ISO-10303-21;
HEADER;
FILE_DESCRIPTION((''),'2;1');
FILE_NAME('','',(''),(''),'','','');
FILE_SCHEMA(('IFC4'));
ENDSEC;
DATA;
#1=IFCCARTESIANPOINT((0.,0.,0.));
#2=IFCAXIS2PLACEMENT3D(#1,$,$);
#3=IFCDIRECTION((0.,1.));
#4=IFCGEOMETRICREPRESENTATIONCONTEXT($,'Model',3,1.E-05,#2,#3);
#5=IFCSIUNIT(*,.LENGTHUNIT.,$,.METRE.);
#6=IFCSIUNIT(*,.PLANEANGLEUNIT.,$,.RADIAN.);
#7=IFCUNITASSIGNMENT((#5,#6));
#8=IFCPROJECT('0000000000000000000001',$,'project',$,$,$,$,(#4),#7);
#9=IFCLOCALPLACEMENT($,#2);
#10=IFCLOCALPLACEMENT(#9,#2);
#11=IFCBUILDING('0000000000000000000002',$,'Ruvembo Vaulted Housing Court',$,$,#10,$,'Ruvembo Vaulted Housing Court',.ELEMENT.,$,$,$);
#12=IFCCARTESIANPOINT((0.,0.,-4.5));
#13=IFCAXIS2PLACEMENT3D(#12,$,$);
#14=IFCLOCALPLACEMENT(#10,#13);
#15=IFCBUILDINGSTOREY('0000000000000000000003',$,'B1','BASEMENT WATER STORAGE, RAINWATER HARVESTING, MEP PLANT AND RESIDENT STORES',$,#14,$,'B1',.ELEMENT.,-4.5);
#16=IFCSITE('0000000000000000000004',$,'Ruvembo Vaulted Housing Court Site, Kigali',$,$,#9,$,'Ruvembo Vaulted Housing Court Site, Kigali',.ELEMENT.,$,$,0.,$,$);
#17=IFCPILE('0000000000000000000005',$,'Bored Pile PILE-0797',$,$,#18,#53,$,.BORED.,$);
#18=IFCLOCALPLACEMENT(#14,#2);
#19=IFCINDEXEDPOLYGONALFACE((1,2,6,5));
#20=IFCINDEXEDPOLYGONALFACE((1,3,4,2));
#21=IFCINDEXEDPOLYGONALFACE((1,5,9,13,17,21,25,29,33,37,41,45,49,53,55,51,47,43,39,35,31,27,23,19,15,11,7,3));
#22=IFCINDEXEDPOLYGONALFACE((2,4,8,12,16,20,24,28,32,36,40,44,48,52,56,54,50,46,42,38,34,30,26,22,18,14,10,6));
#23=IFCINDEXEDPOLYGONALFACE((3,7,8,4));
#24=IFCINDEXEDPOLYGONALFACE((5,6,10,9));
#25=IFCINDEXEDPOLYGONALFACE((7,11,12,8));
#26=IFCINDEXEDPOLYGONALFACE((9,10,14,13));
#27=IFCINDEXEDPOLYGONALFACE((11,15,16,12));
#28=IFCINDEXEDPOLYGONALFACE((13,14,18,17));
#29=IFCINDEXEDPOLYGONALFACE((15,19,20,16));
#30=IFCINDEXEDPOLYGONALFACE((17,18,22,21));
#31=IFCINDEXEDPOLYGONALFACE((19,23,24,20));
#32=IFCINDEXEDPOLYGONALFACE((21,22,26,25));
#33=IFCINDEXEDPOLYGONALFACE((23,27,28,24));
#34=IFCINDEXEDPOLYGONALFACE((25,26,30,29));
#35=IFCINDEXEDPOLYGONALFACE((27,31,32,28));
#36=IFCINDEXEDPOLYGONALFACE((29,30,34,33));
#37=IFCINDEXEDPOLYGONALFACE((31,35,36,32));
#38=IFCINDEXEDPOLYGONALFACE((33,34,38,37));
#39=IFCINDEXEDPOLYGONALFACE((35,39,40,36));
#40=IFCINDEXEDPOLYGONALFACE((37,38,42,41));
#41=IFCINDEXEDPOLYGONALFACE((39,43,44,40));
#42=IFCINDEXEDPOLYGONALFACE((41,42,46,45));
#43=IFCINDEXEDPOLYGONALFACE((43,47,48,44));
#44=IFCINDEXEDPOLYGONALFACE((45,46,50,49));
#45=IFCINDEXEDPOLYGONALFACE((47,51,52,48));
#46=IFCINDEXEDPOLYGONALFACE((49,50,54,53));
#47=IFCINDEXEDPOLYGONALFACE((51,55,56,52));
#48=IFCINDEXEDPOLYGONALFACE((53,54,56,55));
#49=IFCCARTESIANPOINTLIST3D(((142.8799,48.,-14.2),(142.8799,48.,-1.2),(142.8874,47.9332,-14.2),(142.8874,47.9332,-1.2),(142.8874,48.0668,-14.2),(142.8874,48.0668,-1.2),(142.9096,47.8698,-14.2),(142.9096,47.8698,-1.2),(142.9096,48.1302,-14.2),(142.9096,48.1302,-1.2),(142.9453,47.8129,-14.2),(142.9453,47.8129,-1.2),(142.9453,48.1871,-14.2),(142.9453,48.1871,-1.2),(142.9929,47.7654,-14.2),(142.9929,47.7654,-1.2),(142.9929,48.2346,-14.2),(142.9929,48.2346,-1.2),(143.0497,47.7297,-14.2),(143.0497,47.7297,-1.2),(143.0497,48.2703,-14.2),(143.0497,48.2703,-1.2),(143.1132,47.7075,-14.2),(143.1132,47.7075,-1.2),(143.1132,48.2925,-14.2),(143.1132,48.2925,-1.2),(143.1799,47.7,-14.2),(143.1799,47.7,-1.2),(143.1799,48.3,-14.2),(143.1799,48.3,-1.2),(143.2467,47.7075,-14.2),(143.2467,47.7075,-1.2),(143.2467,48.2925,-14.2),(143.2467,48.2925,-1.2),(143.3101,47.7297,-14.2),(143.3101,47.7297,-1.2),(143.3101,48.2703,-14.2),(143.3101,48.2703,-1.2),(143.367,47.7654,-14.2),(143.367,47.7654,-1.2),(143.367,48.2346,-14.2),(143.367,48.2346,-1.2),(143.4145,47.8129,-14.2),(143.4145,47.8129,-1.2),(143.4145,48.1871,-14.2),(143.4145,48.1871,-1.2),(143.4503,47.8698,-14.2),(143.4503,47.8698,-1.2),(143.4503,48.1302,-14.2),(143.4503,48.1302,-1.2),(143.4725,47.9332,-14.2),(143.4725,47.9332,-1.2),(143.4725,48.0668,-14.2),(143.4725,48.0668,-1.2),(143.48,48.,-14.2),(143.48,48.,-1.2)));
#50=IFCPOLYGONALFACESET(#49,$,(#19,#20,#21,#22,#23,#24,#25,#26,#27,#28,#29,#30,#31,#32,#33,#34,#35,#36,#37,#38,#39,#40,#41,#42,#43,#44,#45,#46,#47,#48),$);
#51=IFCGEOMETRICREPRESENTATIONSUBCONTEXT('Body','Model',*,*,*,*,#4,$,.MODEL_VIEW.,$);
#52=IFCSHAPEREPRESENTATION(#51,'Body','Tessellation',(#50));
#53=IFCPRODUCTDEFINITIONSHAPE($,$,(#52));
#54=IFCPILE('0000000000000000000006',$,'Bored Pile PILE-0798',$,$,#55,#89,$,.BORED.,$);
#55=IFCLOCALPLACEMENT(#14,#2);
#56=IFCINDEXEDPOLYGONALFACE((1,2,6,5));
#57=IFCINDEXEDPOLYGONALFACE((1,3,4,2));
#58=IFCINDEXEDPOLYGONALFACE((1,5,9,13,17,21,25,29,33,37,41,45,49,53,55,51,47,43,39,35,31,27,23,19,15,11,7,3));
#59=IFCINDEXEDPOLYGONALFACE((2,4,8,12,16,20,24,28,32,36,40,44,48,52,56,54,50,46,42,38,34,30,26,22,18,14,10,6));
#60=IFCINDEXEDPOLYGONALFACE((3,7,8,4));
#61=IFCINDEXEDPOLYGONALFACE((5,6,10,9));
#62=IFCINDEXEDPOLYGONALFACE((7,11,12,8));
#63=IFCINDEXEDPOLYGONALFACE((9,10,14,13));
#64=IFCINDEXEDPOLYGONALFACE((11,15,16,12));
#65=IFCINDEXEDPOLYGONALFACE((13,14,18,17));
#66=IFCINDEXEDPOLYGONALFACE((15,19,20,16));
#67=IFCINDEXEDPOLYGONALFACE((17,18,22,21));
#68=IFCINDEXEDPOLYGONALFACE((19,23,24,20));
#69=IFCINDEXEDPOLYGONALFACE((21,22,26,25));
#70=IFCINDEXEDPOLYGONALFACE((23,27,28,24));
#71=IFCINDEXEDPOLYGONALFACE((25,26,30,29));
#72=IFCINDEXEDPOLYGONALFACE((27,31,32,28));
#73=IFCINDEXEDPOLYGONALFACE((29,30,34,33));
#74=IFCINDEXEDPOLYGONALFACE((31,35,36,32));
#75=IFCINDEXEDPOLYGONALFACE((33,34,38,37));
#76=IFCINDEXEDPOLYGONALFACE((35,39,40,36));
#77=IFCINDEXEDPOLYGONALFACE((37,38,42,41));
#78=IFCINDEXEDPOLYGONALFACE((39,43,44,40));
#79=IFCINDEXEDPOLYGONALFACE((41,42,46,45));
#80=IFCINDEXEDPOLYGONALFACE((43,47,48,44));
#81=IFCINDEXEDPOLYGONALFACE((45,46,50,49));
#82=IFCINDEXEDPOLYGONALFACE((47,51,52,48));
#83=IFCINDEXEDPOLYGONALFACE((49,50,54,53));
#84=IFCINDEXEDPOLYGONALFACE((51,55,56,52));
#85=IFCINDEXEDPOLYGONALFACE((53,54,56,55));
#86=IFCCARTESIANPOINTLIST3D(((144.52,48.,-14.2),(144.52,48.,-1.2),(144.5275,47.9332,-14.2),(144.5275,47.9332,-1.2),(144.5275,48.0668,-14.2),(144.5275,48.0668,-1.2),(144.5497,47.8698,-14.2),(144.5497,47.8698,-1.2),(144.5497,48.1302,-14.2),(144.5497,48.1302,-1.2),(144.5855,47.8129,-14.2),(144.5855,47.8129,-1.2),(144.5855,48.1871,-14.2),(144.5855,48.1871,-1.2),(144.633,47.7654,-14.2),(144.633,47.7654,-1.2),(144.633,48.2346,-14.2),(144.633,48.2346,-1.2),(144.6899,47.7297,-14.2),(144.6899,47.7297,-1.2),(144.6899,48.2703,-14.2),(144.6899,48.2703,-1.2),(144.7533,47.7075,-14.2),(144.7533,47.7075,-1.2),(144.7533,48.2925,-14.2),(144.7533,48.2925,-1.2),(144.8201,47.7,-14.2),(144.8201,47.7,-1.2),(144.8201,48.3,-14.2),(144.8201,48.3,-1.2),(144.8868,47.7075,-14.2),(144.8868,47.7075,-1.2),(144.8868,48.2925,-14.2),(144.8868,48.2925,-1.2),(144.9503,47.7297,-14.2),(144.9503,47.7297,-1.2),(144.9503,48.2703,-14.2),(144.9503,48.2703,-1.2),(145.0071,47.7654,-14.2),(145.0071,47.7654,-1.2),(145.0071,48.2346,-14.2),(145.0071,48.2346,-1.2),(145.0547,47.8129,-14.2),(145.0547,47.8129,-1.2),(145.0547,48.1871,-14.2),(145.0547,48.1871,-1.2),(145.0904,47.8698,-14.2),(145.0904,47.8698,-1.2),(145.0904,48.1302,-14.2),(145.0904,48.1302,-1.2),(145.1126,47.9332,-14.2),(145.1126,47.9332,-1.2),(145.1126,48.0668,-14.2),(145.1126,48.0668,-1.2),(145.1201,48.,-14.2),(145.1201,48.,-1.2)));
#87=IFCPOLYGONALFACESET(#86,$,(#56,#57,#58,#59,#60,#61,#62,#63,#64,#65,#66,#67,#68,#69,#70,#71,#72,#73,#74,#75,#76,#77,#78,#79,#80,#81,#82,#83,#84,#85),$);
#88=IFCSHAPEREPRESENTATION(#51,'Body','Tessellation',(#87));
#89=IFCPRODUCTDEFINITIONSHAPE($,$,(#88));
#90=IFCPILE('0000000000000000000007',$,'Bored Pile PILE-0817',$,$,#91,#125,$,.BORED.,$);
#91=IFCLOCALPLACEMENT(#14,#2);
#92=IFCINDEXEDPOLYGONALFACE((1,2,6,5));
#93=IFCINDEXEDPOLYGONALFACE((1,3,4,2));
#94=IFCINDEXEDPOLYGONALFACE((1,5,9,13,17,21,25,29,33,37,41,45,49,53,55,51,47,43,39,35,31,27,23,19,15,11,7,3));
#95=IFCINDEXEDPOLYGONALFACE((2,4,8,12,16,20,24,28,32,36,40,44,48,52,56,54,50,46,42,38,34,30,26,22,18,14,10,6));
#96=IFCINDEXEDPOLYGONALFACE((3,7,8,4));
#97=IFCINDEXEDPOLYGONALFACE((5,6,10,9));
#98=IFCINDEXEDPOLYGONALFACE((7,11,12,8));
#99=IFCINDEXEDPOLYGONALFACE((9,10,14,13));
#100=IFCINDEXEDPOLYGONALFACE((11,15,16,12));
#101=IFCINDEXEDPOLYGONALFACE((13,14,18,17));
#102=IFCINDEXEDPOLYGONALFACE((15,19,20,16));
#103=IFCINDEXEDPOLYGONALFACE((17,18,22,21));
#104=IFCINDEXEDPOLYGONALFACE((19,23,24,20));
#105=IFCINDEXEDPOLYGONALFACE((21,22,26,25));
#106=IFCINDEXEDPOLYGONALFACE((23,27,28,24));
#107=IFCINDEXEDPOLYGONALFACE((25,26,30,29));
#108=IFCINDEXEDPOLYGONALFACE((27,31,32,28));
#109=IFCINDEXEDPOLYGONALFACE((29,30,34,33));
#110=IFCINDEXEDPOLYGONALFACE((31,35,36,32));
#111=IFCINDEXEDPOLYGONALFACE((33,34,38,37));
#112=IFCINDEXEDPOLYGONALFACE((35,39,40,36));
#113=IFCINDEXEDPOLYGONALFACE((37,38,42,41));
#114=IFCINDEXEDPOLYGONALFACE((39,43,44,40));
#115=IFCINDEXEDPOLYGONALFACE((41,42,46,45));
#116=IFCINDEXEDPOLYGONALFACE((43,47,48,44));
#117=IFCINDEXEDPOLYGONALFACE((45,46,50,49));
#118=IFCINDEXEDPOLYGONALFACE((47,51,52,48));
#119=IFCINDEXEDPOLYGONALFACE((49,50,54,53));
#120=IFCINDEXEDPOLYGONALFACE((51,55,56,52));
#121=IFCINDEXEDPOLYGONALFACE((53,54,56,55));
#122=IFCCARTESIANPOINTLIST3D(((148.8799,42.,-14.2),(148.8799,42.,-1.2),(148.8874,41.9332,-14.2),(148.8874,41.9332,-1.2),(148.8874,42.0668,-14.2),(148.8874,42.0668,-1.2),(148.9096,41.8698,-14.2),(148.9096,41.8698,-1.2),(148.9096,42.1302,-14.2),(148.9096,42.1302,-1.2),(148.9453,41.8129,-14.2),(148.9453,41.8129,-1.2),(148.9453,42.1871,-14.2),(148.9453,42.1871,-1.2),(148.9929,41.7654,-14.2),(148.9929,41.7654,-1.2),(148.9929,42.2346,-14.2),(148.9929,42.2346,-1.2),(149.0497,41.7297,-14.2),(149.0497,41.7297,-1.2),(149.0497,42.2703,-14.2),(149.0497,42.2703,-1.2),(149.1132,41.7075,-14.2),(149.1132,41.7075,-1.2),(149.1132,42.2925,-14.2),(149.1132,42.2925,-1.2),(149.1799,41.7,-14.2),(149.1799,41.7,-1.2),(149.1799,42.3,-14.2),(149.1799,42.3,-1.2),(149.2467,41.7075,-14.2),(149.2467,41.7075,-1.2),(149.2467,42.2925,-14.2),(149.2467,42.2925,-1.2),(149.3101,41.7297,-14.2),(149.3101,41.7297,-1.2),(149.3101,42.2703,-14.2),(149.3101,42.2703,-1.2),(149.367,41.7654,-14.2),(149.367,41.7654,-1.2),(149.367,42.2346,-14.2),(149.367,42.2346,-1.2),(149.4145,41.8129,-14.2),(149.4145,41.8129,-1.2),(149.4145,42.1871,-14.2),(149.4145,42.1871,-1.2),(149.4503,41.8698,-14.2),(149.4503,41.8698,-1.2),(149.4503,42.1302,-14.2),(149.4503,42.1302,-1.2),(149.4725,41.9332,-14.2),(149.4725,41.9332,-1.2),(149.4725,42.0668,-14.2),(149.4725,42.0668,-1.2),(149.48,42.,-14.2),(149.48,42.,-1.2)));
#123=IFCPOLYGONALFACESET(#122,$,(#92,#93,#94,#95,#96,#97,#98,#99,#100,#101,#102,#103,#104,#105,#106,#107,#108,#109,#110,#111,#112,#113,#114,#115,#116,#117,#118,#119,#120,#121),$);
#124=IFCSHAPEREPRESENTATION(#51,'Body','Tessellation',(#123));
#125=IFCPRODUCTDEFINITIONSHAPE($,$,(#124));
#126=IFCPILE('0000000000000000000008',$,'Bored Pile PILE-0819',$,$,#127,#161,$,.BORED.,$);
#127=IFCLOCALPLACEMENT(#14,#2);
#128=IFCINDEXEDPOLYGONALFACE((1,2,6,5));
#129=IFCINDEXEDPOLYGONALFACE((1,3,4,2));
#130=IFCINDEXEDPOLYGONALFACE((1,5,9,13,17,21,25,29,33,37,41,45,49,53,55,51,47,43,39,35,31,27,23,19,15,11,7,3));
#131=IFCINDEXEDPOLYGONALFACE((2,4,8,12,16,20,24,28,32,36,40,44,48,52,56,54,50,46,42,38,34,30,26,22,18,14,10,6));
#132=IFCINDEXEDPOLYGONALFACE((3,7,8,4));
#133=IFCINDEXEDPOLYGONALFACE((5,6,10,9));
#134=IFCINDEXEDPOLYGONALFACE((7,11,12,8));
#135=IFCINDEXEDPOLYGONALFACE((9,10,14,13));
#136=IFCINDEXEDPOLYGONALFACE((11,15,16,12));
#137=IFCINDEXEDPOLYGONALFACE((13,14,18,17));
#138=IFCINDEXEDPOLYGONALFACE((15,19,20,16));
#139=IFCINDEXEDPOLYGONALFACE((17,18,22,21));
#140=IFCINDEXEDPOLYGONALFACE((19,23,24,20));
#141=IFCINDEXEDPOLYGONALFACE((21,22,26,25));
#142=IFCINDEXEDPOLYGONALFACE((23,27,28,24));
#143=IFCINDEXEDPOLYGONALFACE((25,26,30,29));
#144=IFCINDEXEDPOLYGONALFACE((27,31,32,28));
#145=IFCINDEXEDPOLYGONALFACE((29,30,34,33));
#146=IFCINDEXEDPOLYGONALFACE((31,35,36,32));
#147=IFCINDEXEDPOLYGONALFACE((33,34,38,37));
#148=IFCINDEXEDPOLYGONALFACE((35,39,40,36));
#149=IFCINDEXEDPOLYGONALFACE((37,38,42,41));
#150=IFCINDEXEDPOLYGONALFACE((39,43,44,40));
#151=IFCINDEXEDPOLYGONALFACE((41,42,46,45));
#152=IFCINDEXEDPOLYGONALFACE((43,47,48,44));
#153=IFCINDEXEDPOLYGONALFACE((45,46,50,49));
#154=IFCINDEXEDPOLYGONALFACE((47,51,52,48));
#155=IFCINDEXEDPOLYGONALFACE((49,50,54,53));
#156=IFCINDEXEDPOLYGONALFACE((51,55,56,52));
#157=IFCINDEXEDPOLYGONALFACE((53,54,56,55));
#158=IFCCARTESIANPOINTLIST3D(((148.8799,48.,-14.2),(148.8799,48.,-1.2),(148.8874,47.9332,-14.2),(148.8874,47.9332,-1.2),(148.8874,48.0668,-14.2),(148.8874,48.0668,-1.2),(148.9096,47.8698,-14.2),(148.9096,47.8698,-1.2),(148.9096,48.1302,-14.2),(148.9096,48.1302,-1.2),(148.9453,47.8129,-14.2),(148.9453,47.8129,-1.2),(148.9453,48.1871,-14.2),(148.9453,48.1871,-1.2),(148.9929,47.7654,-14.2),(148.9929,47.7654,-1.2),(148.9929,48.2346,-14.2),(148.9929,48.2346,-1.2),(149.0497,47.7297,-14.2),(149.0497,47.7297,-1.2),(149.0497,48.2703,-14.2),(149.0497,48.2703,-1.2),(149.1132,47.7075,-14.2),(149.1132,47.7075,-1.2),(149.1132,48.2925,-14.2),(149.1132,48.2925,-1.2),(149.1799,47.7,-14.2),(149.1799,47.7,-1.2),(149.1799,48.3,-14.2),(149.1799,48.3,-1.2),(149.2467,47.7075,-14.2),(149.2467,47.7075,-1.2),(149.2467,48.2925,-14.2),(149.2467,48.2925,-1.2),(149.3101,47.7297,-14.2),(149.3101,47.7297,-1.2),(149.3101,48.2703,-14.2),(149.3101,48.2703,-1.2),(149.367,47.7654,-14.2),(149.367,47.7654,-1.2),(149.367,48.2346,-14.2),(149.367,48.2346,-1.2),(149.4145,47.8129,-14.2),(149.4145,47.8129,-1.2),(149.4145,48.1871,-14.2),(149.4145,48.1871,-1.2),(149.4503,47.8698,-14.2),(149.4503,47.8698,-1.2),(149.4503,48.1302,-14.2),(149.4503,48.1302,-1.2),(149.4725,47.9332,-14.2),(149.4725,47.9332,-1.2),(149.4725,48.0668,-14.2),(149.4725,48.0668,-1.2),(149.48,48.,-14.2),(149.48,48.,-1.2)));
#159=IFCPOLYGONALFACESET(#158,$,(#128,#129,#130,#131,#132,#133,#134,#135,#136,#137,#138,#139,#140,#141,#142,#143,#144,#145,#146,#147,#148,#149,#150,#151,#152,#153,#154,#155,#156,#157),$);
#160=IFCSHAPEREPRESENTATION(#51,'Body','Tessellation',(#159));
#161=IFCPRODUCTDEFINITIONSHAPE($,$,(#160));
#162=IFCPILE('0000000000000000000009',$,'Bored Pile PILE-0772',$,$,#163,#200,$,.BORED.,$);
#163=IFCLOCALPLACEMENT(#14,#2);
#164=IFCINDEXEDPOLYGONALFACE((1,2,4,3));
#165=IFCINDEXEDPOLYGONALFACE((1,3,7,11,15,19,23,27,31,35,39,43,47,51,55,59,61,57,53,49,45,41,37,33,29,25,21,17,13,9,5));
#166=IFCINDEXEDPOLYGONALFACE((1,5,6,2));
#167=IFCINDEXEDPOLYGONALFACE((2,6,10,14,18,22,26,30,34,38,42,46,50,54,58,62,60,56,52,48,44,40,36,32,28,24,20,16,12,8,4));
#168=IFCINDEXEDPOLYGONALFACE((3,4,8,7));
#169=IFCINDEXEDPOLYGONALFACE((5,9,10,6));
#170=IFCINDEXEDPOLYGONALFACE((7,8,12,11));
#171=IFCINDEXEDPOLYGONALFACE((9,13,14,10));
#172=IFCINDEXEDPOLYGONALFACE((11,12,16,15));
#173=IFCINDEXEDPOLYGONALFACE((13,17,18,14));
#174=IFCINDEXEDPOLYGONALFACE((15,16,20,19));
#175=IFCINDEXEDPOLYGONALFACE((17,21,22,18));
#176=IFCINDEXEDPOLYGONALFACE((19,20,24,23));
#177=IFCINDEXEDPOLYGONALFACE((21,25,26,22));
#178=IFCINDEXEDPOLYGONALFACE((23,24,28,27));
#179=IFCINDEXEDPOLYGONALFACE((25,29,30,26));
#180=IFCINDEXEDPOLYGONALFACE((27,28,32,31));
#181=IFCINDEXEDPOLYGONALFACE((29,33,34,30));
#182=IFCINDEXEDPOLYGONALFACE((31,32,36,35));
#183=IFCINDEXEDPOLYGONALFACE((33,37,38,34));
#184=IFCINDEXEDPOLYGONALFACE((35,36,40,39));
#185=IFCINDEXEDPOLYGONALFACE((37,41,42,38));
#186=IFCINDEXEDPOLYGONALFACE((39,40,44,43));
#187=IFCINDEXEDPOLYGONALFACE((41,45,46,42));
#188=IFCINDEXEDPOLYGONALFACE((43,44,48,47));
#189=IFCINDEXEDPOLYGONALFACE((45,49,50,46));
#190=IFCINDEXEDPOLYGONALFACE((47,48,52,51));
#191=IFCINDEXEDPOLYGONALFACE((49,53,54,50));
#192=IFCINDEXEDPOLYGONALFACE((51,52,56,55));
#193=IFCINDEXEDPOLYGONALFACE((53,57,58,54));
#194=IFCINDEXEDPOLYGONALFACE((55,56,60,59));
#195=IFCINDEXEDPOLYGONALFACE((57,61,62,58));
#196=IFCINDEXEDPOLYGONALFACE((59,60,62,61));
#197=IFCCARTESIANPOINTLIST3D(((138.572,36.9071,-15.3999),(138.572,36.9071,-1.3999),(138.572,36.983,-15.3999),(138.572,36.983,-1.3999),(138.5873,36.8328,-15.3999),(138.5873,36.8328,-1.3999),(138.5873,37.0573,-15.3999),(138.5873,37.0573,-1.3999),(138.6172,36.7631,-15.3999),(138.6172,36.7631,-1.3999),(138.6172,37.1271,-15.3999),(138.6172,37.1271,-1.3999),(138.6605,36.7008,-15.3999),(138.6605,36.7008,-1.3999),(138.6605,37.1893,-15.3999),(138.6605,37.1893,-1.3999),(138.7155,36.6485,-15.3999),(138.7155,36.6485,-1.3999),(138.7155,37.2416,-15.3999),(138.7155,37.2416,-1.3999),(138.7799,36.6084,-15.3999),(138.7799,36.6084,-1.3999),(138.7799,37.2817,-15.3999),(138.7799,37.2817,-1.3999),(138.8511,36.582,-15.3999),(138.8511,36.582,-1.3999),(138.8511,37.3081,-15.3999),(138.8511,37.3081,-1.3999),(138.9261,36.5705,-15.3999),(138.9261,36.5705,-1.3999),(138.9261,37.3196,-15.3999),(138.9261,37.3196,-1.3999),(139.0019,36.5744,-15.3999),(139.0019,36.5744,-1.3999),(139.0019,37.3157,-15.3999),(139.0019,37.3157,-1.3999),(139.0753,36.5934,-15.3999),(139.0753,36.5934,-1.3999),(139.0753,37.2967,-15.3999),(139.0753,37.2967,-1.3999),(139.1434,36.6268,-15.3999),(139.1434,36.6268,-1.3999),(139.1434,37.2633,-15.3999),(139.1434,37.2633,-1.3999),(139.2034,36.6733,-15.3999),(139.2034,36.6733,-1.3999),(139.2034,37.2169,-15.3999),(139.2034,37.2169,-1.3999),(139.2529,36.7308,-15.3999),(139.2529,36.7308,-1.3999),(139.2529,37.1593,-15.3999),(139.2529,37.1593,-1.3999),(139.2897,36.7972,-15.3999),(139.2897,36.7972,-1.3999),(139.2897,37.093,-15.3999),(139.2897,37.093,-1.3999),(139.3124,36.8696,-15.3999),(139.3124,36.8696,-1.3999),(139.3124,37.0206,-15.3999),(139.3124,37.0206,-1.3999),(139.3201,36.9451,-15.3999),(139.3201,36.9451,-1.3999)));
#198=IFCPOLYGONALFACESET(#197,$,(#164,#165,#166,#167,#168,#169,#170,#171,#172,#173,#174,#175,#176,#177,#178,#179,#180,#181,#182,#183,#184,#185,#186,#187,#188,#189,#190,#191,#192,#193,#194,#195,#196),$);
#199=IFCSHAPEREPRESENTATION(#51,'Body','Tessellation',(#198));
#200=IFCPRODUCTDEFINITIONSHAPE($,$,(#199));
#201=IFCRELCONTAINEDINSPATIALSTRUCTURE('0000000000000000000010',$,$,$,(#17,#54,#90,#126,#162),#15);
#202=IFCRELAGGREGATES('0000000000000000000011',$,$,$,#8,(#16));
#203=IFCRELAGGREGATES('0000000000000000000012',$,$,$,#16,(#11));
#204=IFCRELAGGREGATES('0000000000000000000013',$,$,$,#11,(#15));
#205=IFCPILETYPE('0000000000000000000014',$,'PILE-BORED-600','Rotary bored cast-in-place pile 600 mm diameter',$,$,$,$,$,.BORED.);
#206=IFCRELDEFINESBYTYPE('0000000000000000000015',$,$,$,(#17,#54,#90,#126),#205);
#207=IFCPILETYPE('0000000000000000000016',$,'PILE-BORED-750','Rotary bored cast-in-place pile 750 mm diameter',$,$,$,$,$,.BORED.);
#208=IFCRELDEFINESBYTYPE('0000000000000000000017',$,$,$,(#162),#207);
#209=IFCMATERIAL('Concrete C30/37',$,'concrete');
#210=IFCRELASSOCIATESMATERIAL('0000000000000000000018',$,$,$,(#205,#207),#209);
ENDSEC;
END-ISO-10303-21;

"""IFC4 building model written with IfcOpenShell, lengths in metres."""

from ifc_helpers import new_model, si_unit, direction, frame, origin, origin_2d, place, context, subcontext, project, spatial, circle, extrude, material, material_profile, profile_set, type_object, element, save


model = new_model("IFC4")

# Units and contexts
model_context = context("Model", 3, precision=1e-05, world=origin(), true_north=direction((0.0, 1.0)))
body_context = subcontext(model_context, "Body", "Model", "MODEL_VIEW")
ifc_project = project(units=[si_unit("LENGTHUNIT", "METRE"), si_unit("PLANEANGLEUNIT", "RADIAN")], contexts=[model_context])

# Site, building, storey
site_placement = place(None, origin())
site = spatial("IfcSite", under=ifc_project, at=site_placement, Name="Ruvembo Vaulted Housing Court Site, Kigali", LongName="Ruvembo Vaulted Housing Court Site, Kigali", CompositionType="ELEMENT", RefElevation=0.0)
building_placement = place(site_placement, origin())
building = spatial("IfcBuilding", under=site, at=building_placement, Name="Ruvembo Vaulted Housing Court", LongName="Ruvembo Vaulted Housing Court", CompositionType="ELEMENT")
storey_placement = place(building_placement, frame((0.0, 0.0, -4.5)))
storey = spatial("IfcBuildingStorey", under=building, at=storey_placement, Name="B1", Description="BASEMENT WATER STORAGE, RAINWATER HARVESTING, MEP PLANT AND RESIDENT STORES", LongName="B1", CompositionType="ELEMENT", Elevation=-4.5)

# Piles
ifc_material_1 = material(Name="Concrete C30/37", Category="concrete")
ifc_material_profile_1 = material_profile(ifc_material_1, circle(Radius=0.3, at=origin_2d()), Name="PILE D600")
ifc_profile_set_1 = profile_set([ifc_material_profile_1], Name="Concrete C30/37")
pile_type_1 = type_object("IfcPileType", Name="PILE-BORED-600", Description="Rotary bored cast-in-place pile 600 mm diameter", PredefinedType="BORED", material=ifc_profile_set_1)
for number, where, z_axis, x_axis, name in (
    (1, (143.1799, 48.0, -1.2), (0.0, 0.0, -1.0), (1.0, 0.0, 0.0), "Bored Pile PILE-0797"),
    (2, (144.8201, 48.0, -1.2), (0.0, 0.0, -1.0), (1.0, 0.0, 0.0), "Bored Pile PILE-0798"),
    (3, (149.1799, 42.0, -1.2), (0.0, 0.0, -1.0), (1.0, 0.0, 0.0), "Bored Pile PILE-0817"),
    (4, (149.1799, 48.0, -1.2), (0.0, 0.0, -1.0), (1.0, 0.0, 0.0), "Bored Pile PILE-0819"),
):
    element("IfcPile", number, at=place(storey_placement, frame(where, z_axis=z_axis, x_axis=x_axis)), inside=storey, type_object=pile_type_1, Name=name, PredefinedType="BORED", context=body_context, shape_type="SweptSolid", body=[
        extrude(circle(Radius=0.3, at=origin_2d()), origin(), (0.0, 0.0, 1.0), 13.0),
    ])
ifc_material_profile_2 = material_profile(ifc_material_1, circle(Radius=0.375, at=origin_2d()), Name="PILE D750")
ifc_profile_set_2 = profile_set([ifc_material_profile_2], Name="Concrete C30/37")
pile_type_2 = type_object("IfcPileType", Name="PILE-BORED-750", Description="Rotary bored cast-in-place pile 750 mm diameter", PredefinedType="BORED", material=ifc_profile_set_2)
pile_placement = place(storey_placement, frame((138.9451, 36.9451, -1.3999), z_axis=(0.0, 0.0, -1.0), x_axis=(1.0, 0.0, 0.0)))
element("IfcPile", 5, at=pile_placement, inside=storey, type_object=pile_type_2, Name="Bored Pile PILE-0772", PredefinedType="BORED", context=body_context, shape_type="SweptSolid", body=[
    extrude(circle(Radius=0.375, at=origin_2d()), origin(), (0.0, 0.0, 1.0), 14.0),
])

save(model, "model.ifc")
